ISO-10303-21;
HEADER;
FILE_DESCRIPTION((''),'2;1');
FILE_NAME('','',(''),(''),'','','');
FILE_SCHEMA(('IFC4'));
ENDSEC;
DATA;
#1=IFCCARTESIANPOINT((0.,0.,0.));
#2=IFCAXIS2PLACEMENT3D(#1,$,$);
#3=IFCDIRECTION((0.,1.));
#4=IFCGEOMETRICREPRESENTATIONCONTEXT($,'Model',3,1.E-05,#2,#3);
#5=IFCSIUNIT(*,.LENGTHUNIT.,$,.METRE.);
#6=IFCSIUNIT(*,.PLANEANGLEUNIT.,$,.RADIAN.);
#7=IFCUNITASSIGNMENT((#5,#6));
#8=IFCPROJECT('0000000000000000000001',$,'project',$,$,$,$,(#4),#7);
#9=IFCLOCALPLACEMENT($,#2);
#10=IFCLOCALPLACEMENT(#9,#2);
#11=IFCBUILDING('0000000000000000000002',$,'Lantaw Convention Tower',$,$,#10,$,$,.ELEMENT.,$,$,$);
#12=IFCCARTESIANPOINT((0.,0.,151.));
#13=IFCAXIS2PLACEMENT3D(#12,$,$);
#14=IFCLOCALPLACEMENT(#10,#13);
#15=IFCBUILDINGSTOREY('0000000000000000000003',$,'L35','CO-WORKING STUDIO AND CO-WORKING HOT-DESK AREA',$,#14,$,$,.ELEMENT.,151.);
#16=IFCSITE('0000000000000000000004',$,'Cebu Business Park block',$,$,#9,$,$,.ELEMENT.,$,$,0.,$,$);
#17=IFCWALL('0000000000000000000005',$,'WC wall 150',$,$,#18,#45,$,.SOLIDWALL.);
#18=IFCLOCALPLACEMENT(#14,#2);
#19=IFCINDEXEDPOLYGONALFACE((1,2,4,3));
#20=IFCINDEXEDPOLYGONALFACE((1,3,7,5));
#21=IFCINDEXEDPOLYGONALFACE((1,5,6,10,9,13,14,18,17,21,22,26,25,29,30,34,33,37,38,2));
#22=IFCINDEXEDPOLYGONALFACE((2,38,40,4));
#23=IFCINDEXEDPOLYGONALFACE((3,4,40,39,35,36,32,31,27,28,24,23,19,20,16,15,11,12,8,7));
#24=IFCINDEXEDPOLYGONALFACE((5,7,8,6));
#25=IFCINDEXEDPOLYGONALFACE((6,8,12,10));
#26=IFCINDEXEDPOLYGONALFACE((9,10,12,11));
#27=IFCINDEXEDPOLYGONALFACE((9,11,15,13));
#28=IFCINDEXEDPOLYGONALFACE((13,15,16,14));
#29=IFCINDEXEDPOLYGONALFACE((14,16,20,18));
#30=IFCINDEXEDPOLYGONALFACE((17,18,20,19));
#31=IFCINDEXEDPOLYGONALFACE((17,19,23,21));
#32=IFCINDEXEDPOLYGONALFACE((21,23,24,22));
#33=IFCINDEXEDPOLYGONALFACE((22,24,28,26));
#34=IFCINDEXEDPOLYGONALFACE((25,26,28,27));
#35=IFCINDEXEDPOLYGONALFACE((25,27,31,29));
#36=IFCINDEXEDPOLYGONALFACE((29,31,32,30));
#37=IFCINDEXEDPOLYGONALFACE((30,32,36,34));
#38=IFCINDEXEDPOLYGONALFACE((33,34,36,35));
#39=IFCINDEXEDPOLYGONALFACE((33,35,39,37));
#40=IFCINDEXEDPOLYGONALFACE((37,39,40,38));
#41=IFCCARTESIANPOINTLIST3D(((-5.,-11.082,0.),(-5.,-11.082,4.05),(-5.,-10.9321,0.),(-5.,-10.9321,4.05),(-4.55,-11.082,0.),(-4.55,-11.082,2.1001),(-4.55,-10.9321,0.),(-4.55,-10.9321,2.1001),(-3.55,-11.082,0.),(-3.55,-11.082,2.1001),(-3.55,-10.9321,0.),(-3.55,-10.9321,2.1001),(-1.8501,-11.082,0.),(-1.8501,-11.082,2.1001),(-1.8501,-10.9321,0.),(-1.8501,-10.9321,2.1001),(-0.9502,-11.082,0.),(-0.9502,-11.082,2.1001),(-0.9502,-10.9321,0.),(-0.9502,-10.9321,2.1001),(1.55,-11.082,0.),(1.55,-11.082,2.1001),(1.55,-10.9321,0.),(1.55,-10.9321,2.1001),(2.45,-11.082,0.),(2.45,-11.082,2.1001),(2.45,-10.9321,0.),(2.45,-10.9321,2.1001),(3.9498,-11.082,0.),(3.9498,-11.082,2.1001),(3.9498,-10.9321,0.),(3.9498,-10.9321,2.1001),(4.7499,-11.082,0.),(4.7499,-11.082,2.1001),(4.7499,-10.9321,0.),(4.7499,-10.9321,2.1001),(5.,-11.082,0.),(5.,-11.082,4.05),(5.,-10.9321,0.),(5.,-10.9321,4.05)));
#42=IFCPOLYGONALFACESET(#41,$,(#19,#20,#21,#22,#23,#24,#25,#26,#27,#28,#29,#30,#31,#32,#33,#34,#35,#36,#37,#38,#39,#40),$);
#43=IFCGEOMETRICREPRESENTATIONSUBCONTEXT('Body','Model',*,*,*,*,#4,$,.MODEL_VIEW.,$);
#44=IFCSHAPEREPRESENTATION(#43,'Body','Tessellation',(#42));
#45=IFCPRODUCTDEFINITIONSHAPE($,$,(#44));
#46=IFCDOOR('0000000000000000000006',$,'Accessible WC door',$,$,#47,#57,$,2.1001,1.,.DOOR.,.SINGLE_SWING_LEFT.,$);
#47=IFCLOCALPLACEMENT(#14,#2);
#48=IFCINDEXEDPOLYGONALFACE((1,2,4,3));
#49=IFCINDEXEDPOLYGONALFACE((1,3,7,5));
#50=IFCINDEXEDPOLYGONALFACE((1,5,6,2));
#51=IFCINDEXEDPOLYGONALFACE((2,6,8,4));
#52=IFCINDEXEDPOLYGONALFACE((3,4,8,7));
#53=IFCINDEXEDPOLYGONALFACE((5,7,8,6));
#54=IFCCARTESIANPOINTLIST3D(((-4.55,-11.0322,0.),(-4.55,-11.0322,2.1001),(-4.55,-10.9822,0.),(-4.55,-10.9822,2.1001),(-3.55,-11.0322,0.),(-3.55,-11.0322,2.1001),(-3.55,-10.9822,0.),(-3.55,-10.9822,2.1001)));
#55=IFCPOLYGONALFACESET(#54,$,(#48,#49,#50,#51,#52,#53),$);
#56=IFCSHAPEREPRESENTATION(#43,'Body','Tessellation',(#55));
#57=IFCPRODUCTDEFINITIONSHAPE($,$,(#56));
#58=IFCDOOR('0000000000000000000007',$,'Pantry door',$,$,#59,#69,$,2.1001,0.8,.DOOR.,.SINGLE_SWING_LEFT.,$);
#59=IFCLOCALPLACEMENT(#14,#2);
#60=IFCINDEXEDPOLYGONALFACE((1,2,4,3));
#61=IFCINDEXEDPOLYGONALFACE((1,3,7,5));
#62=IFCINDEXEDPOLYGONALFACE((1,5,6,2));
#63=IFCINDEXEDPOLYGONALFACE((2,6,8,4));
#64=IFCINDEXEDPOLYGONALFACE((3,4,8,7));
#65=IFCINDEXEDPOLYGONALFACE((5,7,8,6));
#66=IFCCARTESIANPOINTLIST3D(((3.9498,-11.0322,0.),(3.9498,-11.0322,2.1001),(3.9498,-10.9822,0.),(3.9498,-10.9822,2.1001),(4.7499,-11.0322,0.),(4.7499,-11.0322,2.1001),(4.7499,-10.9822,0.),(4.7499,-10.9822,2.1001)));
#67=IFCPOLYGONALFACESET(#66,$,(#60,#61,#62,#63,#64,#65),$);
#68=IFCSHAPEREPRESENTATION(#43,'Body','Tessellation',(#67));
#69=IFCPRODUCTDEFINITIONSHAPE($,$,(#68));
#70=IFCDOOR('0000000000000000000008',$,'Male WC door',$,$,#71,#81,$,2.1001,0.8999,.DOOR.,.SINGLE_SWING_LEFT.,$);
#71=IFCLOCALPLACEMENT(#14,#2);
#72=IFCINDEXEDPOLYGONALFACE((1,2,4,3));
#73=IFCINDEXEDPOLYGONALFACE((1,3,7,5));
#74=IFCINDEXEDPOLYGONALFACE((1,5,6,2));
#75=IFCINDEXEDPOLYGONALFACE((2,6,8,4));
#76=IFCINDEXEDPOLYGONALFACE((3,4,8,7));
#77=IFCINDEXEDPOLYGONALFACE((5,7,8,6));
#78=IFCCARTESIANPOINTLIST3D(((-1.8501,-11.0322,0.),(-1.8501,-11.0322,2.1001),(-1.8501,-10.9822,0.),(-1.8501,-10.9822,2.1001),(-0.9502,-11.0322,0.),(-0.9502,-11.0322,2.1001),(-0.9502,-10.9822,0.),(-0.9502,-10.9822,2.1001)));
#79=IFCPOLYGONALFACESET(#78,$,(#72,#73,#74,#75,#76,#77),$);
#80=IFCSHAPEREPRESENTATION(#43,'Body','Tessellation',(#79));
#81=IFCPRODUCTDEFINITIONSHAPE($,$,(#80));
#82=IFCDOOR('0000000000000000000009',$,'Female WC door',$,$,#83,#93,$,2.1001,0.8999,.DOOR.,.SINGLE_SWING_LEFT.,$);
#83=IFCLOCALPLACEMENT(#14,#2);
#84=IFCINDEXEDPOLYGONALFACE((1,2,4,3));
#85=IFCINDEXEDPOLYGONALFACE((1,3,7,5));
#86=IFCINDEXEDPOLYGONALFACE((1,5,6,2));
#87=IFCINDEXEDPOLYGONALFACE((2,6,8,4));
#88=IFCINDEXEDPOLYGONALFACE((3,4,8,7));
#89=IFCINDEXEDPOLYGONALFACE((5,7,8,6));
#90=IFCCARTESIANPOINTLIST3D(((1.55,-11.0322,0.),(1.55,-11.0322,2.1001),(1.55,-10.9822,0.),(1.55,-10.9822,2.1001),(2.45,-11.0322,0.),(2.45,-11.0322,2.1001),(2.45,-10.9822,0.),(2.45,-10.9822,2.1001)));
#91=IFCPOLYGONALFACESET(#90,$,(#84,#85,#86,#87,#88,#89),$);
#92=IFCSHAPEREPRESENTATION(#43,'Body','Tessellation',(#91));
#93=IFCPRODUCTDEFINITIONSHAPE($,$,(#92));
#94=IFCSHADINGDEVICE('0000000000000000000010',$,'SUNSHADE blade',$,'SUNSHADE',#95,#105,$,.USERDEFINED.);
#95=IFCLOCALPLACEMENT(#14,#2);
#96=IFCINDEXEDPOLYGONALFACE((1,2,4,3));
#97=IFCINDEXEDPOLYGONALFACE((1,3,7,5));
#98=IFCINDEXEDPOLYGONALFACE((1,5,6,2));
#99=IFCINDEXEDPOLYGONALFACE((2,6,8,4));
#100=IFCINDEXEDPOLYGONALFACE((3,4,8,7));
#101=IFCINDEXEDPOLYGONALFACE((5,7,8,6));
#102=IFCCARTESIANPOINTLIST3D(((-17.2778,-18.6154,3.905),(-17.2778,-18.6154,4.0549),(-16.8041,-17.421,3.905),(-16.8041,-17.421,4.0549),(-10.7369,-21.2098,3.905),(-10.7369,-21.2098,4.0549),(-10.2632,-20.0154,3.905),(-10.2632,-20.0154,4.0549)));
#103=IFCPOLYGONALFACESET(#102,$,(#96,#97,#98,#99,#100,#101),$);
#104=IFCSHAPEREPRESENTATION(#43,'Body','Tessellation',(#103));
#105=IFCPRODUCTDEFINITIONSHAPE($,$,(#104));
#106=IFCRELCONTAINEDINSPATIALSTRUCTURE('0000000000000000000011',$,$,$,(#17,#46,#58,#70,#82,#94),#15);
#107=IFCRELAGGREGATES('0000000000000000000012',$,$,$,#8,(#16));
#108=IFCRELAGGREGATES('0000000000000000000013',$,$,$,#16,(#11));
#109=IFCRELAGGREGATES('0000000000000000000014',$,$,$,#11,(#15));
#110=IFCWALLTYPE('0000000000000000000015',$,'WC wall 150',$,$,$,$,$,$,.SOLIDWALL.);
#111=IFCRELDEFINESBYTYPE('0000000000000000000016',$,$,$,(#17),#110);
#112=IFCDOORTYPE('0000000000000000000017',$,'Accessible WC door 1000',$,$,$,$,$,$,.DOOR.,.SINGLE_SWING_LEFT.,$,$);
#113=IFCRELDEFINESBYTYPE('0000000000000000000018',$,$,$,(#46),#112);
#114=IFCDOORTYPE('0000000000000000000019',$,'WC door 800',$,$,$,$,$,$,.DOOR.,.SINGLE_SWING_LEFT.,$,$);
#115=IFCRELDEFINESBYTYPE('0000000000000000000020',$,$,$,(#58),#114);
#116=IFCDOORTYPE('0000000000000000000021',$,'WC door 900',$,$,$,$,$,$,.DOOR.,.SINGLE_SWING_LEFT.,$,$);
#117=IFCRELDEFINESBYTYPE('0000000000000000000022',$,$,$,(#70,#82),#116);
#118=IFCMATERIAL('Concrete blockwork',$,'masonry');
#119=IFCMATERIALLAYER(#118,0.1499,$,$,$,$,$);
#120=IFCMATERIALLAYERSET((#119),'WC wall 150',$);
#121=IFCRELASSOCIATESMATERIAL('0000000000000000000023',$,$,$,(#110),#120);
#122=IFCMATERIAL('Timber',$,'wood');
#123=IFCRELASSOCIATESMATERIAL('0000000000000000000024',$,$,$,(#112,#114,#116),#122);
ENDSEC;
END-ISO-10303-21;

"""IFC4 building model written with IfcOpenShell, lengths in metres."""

from ifc_helpers import new_model, si_unit, direction, frame, frame_2d, origin, origin_2d, place, context, subcontext, project, spatial, rectangle, extrude, material, layer, layer_set, type_object, element, fill, save


model = new_model("IFC4")

# Units and contexts
model_context = context("Model", 3, precision=1e-05, world=origin(), true_north=direction((0.0, 1.0)))
body_context = subcontext(model_context, "Body", "Model", "MODEL_VIEW")
ifc_project = project(units=[si_unit("LENGTHUNIT", "METRE"), si_unit("PLANEANGLEUNIT", "RADIAN")], contexts=[model_context])

# Site, building, storey
site_placement = place(None, origin())
site = spatial("IfcSite", under=ifc_project, at=site_placement, Name="Cebu Business Park block", CompositionType="ELEMENT", RefElevation=0.0)
building_placement = place(site_placement, origin())
building = spatial("IfcBuilding", under=site, at=building_placement, Name="Lantaw Convention Tower", CompositionType="ELEMENT")
storey_placement = place(building_placement, frame((0.0, 0.0, 151.0)))
storey = spatial("IfcBuildingStorey", under=building, at=storey_placement, Name="L35", Description="CO-WORKING STUDIO AND CO-WORKING HOT-DESK AREA", CompositionType="ELEMENT", Elevation=151.0)

# Wall, openings, doors
ifc_material_1 = material(Name="Concrete blockwork", Category="masonry")
ifc_layer_1 = layer(ifc_material_1, 0.1499)
ifc_layer_set_1 = layer_set([ifc_layer_1], Name="WC wall 150")
wall_type_1 = type_object("IfcWallType", Name="WC wall 150", PredefinedType="SOLIDWALL", material=ifc_layer_set_1)
wall_1_placement = place(storey_placement, frame((-5.0, -11.0071, 0.0), z_axis=(0.0, 0.0, 1.0), x_axis=(1.0, 0.0, 0.0)))
wall_1 = element("IfcWall", 1, at=wall_1_placement, inside=storey, type_object=wall_type_1, Name="WC wall 150", PredefinedType="SOLIDWALL", context=body_context, shape_type="SweptSolid", body=[
    extrude(rectangle(XDim=10.0, YDim=0.1499, at=frame_2d((5.0, 0.0))), origin(), (0.0, 0.0, 1.0), 4.05),
])
opening_1_placement = place(wall_1_placement, frame((0.45, 0.0, 0.0)))
opening_1 = element("IfcOpeningElement", 2, at=opening_1_placement, cuts=wall_1, PredefinedType="OPENING", context=body_context, shape_type="SweptSolid", body=[
    extrude(rectangle(XDim=1.0, YDim=2.1001, at=frame_2d((0.5, 1.05))), frame((0.0, 0.085, 0.0), z_axis=(0.0, -1.0, 0.0), x_axis=(1.0, 0.0, 0.0)), (0.0, 0.0, 1.0), 0.1699),
])
opening_2_placement = place(wall_1_placement, frame((3.1499, 0.0, 0.0)))
opening_2 = element("IfcOpeningElement", 3, at=opening_2_placement, cuts=wall_1, PredefinedType="OPENING", context=body_context, shape_type="SweptSolid", body=[
    extrude(rectangle(XDim=0.8999, YDim=2.1001, at=frame_2d((0.45, 1.05))), frame((0.0, 0.085, 0.0), z_axis=(0.0, -1.0, 0.0), x_axis=(1.0, 0.0, 0.0)), (0.0, 0.0, 1.0), 0.1699),
])
opening_3_placement = place(wall_1_placement, frame((6.55, 0.0, 0.0)))
opening_3 = element("IfcOpeningElement", 4, at=opening_3_placement, cuts=wall_1, PredefinedType="OPENING", context=body_context, shape_type="SweptSolid", body=[
    extrude(rectangle(XDim=0.8999, YDim=2.1001, at=frame_2d((0.45, 1.05))), frame((0.0, 0.085, 0.0), z_axis=(0.0, -1.0, 0.0), x_axis=(1.0, 0.0, 0.0)), (0.0, 0.0, 1.0), 0.1699),
])
opening_4_placement = place(wall_1_placement, frame((8.95, 0.0, 0.0)))
opening_4 = element("IfcOpeningElement", 5, at=opening_4_placement, cuts=wall_1, PredefinedType="OPENING", context=body_context, shape_type="SweptSolid", body=[
    extrude(rectangle(XDim=0.8, YDim=2.1001, at=frame_2d((0.3999, 1.05))), frame((0.0, 0.085, 0.0), z_axis=(0.0, -1.0, 0.0), x_axis=(1.0, 0.0, 0.0)), (0.0, 0.0, 1.0), 0.1699),
])
ifc_material_2 = material(Name="Timber", Category="wood")
door_type_1 = type_object("IfcDoorType", Name="Accessible WC door 1000", OperationType="SINGLE_SWING_LEFT", PredefinedType="DOOR", material=ifc_material_2)
door_1_placement = place(opening_1_placement, origin())
door_1 = element("IfcDoor", 6, at=door_1_placement, inside=storey, type_object=door_type_1, Name="Accessible WC door", OperationType="SINGLE_SWING_LEFT", OverallHeight=2.1001, OverallWidth=1.0, PredefinedType="DOOR", context=body_context, shape_type="SweptSolid", body=[
    extrude(rectangle(XDim=1.0, YDim=2.1001, at=frame_2d((0.5, 1.05))), frame((0.0, 0.0249, 0.0), z_axis=(0.0, -1.0, 0.0), x_axis=(1.0, 0.0, 0.0)), (0.0, 0.0, 1.0), 0.05),
])
fill(opening_1, door_1)
door_type_2 = type_object("IfcDoorType", Name="WC door 800", OperationType="SINGLE_SWING_LEFT", PredefinedType="DOOR", material=ifc_material_2)
door_2_placement = place(opening_4_placement, origin())
door_2 = element("IfcDoor", 7, at=door_2_placement, inside=storey, type_object=door_type_2, Name="Pantry door", OperationType="SINGLE_SWING_LEFT", OverallHeight=2.1001, OverallWidth=0.8, PredefinedType="DOOR", context=body_context, shape_type="SweptSolid", body=[
    extrude(rectangle(XDim=0.8, YDim=2.1001, at=frame_2d((0.3999, 1.05))), frame((0.0, 0.0249, 0.0), z_axis=(0.0, -1.0, 0.0), x_axis=(1.0, 0.0, 0.0)), (0.0, 0.0, 1.0), 0.05),
])
fill(opening_4, door_2)
door_type_3 = type_object("IfcDoorType", Name="WC door 900", OperationType="SINGLE_SWING_LEFT", PredefinedType="DOOR", material=ifc_material_2)
door_3_placement = place(opening_2_placement, origin())
door_3 = element("IfcDoor", 8, at=door_3_placement, inside=storey, type_object=door_type_3, Name="Male WC door", OperationType="SINGLE_SWING_LEFT", OverallHeight=2.1001, OverallWidth=0.8999, PredefinedType="DOOR", context=body_context, shape_type="SweptSolid", body=[
    extrude(rectangle(XDim=0.8999, YDim=2.1001, at=frame_2d((0.45, 1.05))), frame((0.0, 0.0249, 0.0), z_axis=(0.0, -1.0, 0.0), x_axis=(1.0, 0.0, 0.0)), (0.0, 0.0, 1.0), 0.05),
])
fill(opening_2, door_3)
door_4_placement = place(opening_3_placement, origin())
door_4 = element("IfcDoor", 9, at=door_4_placement, inside=storey, type_object=door_type_3, Name="Female WC door", OperationType="SINGLE_SWING_LEFT", OverallHeight=2.1001, OverallWidth=0.8999, PredefinedType="DOOR", context=body_context, shape_type="SweptSolid", body=[
    extrude(rectangle(XDim=0.8999, YDim=2.1001, at=frame_2d((0.45, 1.05))), frame((0.0, 0.0249, 0.0), z_axis=(0.0, -1.0, 0.0), x_axis=(1.0, 0.0, 0.0)), (0.0, 0.0, 1.0), 0.05),
])
fill(opening_3, door_4)

# Shading device
shading_device_placement = place(storey_placement, frame((-13.7705, -19.3154, 3.905), z_axis=(0.0, 0.0, 1.0), x_axis=(0.929548, -0.368702, 0.0)))
element("IfcShadingDevice", 10, at=shading_device_placement, inside=storey, Name="SUNSHADE blade", ObjectType="SUNSHADE", PredefinedType="USERDEFINED", context=body_context, shape_type="SweptSolid", body=[
    extrude(rectangle(XDim=7.0366, YDim=1.2849, at=origin_2d()), origin(), (0.0, 0.0, 1.0), 0.1499),
])

save(model, "model.ifc")
